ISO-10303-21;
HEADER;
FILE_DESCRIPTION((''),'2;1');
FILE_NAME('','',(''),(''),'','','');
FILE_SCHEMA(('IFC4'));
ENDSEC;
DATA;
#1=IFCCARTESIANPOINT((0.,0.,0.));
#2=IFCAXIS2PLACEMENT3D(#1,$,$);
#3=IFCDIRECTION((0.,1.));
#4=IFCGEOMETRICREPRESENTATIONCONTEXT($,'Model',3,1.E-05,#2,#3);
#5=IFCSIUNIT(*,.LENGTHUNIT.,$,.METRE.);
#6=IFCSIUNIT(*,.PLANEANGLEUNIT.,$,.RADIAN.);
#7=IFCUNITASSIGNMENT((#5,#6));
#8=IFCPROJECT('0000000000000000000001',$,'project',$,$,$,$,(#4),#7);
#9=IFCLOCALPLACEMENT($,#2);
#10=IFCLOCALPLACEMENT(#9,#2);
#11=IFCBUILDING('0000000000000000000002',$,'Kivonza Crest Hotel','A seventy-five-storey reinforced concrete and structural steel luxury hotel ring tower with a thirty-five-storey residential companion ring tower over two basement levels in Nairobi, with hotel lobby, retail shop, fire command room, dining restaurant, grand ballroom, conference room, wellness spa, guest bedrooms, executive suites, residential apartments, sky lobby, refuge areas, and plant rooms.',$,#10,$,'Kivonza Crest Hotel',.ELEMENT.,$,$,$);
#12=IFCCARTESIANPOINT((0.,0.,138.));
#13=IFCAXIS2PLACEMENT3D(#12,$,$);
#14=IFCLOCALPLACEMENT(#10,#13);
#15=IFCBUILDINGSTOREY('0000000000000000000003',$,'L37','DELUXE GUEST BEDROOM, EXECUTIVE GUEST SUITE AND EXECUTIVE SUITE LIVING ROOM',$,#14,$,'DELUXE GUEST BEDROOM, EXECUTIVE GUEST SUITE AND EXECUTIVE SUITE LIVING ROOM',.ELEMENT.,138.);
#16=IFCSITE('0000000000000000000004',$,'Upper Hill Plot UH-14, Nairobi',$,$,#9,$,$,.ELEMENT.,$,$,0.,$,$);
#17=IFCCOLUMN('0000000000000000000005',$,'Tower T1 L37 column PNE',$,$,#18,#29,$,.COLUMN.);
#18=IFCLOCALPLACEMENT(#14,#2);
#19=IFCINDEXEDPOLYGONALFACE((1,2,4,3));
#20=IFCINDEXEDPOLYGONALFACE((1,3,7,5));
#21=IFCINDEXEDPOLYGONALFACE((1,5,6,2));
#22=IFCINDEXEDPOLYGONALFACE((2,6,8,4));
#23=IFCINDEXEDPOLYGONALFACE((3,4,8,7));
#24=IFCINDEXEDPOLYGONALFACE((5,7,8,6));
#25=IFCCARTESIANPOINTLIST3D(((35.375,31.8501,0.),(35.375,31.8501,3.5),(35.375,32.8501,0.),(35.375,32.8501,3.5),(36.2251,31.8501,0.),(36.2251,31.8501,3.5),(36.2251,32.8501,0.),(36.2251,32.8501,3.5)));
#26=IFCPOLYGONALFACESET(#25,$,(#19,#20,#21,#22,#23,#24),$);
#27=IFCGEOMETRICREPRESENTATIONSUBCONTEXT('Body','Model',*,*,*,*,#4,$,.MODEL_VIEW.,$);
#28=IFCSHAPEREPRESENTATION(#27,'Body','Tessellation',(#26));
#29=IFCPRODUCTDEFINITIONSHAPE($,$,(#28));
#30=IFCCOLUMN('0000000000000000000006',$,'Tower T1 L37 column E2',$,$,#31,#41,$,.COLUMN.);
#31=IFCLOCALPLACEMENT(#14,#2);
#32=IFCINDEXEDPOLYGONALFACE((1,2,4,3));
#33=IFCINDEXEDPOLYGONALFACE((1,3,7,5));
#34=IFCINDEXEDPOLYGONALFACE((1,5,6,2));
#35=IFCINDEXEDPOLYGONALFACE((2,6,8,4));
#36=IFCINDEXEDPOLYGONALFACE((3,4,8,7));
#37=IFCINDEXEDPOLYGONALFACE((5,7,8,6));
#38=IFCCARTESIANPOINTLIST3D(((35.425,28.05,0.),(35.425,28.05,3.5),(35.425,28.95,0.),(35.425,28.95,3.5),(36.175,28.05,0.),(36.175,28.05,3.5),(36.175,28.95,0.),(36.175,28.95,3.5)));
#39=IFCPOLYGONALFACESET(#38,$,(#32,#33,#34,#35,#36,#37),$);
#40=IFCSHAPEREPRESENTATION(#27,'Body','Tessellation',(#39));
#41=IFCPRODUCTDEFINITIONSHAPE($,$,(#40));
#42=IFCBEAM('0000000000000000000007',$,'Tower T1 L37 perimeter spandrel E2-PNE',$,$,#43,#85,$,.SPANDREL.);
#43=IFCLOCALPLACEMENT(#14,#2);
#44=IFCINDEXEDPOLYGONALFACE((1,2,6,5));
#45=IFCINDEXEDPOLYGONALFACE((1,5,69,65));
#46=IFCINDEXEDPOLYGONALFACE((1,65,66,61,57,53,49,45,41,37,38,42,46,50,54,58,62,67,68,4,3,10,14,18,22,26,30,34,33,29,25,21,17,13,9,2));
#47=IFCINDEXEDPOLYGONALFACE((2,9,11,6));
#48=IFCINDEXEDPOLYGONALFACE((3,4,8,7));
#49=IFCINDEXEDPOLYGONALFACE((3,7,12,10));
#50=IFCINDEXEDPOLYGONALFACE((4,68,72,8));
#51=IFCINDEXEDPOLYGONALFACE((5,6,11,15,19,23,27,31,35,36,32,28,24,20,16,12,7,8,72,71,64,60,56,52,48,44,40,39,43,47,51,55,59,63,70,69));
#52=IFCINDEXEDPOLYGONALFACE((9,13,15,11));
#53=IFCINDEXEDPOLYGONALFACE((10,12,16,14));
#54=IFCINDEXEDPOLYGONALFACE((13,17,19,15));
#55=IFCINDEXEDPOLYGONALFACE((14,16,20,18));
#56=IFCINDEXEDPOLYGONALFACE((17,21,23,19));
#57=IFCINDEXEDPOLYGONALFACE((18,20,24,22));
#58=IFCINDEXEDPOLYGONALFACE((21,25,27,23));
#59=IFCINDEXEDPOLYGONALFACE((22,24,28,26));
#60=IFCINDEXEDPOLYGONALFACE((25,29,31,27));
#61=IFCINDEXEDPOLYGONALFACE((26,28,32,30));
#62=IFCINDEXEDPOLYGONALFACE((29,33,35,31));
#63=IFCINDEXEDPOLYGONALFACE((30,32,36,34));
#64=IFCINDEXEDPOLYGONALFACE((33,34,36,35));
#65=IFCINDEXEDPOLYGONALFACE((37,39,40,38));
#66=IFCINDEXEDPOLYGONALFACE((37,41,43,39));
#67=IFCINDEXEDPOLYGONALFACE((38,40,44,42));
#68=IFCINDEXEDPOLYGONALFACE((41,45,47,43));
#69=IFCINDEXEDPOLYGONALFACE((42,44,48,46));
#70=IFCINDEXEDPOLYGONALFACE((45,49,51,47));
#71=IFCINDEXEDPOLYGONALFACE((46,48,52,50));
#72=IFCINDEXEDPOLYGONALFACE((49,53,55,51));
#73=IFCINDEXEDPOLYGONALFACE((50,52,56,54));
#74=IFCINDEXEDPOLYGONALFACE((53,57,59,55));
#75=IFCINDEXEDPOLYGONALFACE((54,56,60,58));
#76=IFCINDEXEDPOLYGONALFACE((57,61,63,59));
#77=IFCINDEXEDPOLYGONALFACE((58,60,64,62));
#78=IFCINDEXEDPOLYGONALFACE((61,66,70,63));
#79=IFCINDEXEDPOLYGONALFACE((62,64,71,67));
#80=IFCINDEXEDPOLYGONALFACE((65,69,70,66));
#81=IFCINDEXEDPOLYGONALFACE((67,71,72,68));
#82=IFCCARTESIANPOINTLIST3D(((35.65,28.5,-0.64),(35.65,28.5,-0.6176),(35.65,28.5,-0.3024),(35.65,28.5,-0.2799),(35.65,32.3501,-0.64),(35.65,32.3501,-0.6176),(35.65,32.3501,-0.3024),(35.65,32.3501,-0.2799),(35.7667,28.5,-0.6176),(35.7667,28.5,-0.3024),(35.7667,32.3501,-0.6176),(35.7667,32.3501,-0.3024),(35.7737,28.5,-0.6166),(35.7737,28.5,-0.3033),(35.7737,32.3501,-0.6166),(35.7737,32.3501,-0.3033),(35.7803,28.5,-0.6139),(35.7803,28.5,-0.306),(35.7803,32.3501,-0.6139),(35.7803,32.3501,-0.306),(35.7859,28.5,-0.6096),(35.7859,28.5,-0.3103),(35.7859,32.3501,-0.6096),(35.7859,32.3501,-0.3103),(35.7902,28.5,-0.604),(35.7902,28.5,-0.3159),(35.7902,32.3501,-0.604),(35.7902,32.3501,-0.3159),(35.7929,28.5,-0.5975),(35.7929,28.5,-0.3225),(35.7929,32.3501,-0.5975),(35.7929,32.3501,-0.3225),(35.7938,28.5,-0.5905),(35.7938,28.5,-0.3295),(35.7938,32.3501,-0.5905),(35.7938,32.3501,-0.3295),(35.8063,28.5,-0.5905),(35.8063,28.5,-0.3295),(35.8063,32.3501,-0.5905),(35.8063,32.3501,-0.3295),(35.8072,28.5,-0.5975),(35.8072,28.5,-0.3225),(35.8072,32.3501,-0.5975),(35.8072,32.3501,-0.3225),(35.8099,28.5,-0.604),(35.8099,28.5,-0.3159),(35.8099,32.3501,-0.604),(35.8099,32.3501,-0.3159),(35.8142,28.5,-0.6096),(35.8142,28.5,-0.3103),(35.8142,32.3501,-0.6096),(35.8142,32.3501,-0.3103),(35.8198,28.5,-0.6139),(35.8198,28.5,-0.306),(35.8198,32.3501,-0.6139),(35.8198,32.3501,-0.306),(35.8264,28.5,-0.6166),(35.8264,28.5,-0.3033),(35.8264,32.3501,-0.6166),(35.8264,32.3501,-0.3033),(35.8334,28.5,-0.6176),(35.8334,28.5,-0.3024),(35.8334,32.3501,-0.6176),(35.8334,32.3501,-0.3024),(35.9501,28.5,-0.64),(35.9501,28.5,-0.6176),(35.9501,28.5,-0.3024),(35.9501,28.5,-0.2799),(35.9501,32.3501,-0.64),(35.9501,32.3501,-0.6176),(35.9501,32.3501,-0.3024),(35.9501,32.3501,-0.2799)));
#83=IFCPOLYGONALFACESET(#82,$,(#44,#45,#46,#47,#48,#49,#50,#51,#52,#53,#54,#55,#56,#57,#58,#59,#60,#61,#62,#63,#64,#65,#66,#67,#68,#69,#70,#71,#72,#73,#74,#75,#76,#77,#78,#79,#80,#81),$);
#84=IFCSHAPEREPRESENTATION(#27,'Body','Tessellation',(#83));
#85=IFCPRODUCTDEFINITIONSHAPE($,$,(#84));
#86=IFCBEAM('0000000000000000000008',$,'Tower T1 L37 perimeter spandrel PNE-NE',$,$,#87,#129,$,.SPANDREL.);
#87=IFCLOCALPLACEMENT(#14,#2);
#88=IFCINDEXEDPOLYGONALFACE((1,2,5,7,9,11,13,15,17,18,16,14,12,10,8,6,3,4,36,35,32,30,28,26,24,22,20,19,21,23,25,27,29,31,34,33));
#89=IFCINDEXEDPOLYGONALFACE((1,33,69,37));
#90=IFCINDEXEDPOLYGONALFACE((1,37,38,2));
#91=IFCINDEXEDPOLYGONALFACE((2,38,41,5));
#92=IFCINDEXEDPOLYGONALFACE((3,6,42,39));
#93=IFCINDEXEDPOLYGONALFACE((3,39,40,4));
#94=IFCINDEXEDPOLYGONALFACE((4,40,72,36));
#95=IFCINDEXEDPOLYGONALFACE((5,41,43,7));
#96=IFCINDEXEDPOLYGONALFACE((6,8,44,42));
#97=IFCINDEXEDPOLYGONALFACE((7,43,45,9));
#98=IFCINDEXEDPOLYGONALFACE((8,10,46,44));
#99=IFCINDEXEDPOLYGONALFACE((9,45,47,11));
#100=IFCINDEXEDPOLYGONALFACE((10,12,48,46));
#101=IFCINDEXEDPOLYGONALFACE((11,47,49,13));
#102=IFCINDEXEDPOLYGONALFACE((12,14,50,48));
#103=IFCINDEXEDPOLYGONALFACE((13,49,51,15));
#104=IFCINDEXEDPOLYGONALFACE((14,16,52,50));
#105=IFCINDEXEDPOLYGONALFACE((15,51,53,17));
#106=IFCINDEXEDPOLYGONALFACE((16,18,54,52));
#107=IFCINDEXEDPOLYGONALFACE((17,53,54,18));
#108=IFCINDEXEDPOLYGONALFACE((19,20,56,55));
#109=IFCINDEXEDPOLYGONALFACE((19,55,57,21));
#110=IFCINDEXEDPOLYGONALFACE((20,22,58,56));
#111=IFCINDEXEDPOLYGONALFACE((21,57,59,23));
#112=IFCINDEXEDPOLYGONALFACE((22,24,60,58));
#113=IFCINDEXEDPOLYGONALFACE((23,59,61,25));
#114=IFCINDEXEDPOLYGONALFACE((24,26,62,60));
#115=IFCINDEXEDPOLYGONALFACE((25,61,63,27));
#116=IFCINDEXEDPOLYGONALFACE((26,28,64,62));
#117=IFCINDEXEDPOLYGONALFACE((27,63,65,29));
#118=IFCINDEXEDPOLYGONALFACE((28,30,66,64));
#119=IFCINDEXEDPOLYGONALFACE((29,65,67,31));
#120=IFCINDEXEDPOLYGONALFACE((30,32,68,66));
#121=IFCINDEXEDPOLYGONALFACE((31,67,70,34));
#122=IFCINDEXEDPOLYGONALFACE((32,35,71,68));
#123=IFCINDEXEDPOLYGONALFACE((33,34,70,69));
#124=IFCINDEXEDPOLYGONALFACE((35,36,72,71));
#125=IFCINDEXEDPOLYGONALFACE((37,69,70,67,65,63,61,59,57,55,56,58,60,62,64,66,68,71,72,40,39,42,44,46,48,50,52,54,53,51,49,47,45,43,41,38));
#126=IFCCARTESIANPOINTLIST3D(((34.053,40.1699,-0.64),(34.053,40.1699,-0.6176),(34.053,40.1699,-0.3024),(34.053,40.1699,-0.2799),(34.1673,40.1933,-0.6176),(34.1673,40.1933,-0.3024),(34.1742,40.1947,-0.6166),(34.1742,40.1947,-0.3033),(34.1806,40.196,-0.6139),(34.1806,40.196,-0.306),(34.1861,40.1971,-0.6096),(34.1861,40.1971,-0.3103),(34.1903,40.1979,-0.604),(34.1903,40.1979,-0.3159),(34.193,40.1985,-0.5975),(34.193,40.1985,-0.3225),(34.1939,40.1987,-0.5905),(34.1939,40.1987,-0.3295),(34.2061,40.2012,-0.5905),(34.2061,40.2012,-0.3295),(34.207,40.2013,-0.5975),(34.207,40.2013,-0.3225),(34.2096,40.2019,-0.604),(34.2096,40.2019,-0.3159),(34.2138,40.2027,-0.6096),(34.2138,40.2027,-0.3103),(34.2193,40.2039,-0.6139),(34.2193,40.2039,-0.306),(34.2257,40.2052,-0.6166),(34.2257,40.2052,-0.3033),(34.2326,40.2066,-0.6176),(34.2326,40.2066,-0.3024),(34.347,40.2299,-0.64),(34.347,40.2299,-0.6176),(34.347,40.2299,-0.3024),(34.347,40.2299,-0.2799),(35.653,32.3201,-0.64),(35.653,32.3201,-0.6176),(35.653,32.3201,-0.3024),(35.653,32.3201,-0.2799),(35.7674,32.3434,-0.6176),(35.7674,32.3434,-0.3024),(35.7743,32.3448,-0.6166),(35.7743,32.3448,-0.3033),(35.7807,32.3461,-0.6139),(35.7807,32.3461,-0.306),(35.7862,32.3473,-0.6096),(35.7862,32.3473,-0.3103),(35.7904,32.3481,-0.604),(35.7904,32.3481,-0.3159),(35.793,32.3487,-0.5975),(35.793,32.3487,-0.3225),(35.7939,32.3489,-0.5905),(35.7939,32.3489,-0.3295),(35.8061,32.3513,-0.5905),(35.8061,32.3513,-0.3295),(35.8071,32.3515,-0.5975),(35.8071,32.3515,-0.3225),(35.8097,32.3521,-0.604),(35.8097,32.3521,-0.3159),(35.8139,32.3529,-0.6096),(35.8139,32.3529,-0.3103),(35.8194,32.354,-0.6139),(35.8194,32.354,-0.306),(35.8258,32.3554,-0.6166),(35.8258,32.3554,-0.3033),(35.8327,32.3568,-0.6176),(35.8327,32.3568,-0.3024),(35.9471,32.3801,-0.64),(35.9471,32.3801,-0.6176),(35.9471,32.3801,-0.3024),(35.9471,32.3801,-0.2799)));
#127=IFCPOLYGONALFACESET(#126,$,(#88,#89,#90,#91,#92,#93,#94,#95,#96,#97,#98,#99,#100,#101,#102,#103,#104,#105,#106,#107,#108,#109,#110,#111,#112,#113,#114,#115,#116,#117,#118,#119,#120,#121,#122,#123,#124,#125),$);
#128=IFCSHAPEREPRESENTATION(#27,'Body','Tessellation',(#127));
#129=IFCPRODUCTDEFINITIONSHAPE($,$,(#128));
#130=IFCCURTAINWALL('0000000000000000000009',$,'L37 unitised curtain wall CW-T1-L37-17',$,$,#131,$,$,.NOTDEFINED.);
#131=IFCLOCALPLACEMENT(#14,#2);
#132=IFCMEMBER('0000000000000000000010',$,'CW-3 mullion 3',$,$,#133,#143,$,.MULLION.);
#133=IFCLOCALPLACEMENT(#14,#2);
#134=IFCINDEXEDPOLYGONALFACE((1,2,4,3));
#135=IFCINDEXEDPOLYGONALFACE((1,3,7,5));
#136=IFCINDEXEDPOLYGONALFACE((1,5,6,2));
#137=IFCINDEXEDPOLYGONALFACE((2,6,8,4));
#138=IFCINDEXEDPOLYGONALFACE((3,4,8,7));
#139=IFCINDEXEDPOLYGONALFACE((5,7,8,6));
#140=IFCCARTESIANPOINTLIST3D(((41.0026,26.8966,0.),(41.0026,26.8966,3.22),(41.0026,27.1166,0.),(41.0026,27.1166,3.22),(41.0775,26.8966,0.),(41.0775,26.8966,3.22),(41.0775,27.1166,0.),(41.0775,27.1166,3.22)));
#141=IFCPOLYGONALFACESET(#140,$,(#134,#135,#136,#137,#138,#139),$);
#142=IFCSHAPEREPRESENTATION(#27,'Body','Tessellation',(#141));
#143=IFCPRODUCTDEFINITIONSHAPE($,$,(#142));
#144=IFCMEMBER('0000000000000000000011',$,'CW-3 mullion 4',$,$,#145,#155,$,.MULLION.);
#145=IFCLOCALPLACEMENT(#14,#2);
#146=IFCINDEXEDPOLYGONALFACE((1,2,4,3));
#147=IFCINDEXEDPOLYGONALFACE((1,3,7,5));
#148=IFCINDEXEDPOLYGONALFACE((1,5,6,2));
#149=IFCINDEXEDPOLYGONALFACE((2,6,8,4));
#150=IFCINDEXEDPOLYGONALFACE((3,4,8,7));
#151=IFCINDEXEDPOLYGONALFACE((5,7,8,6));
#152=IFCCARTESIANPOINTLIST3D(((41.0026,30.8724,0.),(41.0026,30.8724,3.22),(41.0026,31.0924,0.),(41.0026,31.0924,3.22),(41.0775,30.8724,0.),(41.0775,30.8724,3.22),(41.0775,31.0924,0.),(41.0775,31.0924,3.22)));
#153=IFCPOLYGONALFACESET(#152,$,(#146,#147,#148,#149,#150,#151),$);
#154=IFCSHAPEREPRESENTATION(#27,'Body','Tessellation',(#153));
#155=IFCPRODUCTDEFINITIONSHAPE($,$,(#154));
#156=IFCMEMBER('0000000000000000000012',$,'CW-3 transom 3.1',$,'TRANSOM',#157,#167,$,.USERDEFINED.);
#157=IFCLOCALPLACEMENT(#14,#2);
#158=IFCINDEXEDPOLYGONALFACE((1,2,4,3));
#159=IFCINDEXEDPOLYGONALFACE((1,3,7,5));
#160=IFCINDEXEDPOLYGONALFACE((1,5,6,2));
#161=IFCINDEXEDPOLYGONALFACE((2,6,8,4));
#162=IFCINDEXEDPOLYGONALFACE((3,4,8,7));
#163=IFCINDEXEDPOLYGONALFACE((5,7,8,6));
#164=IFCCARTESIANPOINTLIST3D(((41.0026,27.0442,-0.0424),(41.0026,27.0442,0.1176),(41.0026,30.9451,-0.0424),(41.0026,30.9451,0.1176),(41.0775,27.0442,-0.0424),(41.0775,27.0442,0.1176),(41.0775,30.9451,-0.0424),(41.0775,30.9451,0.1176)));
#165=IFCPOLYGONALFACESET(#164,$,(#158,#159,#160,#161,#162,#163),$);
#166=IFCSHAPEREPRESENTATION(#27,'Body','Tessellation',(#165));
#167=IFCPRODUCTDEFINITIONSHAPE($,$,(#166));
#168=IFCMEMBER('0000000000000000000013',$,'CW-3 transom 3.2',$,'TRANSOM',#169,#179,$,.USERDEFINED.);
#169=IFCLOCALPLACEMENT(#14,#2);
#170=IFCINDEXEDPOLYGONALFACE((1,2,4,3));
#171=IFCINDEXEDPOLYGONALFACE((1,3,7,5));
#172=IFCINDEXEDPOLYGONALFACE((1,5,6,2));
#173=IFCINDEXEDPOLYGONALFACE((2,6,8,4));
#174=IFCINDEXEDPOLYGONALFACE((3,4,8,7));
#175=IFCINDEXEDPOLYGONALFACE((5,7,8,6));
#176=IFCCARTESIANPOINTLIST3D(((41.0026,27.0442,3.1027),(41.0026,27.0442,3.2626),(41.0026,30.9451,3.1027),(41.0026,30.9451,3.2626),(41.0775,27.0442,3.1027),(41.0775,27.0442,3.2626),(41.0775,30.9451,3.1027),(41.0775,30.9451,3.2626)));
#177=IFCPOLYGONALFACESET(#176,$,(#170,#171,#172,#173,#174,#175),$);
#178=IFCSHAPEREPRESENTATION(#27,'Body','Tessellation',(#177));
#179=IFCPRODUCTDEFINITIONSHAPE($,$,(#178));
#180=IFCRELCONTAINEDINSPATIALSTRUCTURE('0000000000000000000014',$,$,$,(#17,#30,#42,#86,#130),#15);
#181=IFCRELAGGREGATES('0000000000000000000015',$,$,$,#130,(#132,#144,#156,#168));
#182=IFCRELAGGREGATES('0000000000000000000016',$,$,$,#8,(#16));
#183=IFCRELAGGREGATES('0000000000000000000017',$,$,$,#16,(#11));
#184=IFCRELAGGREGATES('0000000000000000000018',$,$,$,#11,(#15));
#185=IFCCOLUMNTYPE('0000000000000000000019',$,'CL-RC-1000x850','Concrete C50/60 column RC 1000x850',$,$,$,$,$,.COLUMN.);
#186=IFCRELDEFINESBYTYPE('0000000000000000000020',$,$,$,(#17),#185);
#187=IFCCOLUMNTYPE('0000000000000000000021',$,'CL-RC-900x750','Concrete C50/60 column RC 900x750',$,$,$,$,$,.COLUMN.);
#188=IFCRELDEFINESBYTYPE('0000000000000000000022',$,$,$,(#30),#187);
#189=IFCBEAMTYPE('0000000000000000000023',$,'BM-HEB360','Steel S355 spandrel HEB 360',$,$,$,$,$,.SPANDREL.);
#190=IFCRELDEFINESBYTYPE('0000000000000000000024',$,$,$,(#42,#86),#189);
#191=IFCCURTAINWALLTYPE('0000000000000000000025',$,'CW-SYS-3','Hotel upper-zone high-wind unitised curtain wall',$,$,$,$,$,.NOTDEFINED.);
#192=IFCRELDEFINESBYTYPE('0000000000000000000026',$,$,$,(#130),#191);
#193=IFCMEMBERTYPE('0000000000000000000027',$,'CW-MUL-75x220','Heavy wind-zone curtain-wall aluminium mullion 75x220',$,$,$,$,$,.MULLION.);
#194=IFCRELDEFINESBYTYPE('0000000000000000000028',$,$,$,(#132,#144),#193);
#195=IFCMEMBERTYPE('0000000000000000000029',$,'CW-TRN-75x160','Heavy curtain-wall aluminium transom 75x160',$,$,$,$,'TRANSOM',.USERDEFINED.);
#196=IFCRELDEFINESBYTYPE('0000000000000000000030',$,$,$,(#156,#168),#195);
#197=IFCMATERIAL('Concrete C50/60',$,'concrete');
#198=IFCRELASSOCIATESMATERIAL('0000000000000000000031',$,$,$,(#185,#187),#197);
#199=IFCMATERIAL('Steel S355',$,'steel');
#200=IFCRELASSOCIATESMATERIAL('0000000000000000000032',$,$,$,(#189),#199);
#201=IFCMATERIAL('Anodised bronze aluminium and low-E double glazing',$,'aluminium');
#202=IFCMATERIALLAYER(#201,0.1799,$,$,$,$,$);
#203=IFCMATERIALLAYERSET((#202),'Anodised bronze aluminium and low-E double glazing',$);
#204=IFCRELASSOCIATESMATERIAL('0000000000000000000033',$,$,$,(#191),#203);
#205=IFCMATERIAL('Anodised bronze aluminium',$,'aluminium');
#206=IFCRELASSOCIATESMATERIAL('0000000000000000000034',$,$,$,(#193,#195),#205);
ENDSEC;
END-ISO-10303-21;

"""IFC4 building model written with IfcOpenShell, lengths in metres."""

from ifc_helpers import new_model, si_unit, direction, frame, origin, origin_2d, place, context, subcontext, project, spatial, rectangle, i_section, extrude, material, layer, layer_set, material_profile, profile_set, type_object, element, aggregate, save


model = new_model("IFC4")

# Units and contexts
model_context = context("Model", 3, precision=1e-05, world=origin(), true_north=direction((0.0, 1.0)))
body_context = subcontext(model_context, "Body", "Model", "MODEL_VIEW")
ifc_project = project(units=[si_unit("LENGTHUNIT", "METRE"), si_unit("PLANEANGLEUNIT", "RADIAN")], contexts=[model_context])

# Site, building, storey
site_placement = place(None, origin())
site = spatial("IfcSite", under=ifc_project, at=site_placement, Name="Upper Hill Plot UH-14, Nairobi", CompositionType="ELEMENT", RefElevation=0.0)
building_placement = place(site_placement, origin())
building = spatial("IfcBuilding", under=site, at=building_placement, Name="Kivonza Crest Hotel", Description="A seventy-five-storey reinforced concrete and structural steel luxury hotel ring tower with a thirty-five-storey residential companion ring tower over two basement levels in Nairobi, with hotel lobby, retail shop, fire command room, dining restaurant, grand ballroom, conference room, wellness spa, guest bedrooms, executive suites, residential apartments, sky lobby, refuge areas, and plant rooms.", LongName="Kivonza Crest Hotel", CompositionType="ELEMENT")
storey_placement = place(building_placement, frame((0.0, 0.0, 138.0)))
storey = spatial("IfcBuildingStorey", under=building, at=storey_placement, Name="L37", Description="DELUXE GUEST BEDROOM, EXECUTIVE GUEST SUITE AND EXECUTIVE SUITE LIVING ROOM", LongName="DELUXE GUEST BEDROOM, EXECUTIVE GUEST SUITE AND EXECUTIVE SUITE LIVING ROOM", CompositionType="ELEMENT", Elevation=138.0)

# Columns
ifc_material_1 = material(Name="Concrete C50/60", Category="concrete")
ifc_material_profile_1 = material_profile(ifc_material_1, rectangle(XDim=0.8501, YDim=1.0, at=origin_2d()), Name="RC 1000x850")
ifc_profile_set_1 = profile_set([ifc_material_profile_1], Name="Concrete C50/60")
column_type_1 = type_object("IfcColumnType", Name="CL-RC-1000x850", Description="Concrete C50/60 column RC 1000x850", PredefinedType="COLUMN", material=ifc_profile_set_1)
column_1_placement = place(storey_placement, frame((35.8, 32.3501, 0.0), z_axis=(0.0, 0.0, 1.0), x_axis=(1.0, 0.0, 0.0)))
element("IfcColumn", 1, at=column_1_placement, inside=storey, type_object=column_type_1, Name="Tower T1 L37 column PNE", PredefinedType="COLUMN", context=body_context, shape_type="SweptSolid", body=[
    extrude(rectangle(XDim=0.8501, YDim=1.0, at=origin_2d()), origin(), (0.0, 0.0, 1.0), 3.5),
])
ifc_material_profile_2 = material_profile(ifc_material_1, rectangle(XDim=0.75, YDim=0.8999, at=origin_2d()), Name="RC 900x750")
ifc_profile_set_2 = profile_set([ifc_material_profile_2], Name="Concrete C50/60")
column_type_2 = type_object("IfcColumnType", Name="CL-RC-900x750", Description="Concrete C50/60 column RC 900x750", PredefinedType="COLUMN", material=ifc_profile_set_2)
column_2_placement = place(storey_placement, frame((35.8, 28.5, 0.0), z_axis=(0.0, 0.0, 1.0), x_axis=(1.0, 0.0, 0.0)))
element("IfcColumn", 2, at=column_2_placement, inside=storey, type_object=column_type_2, Name="Tower T1 L37 column E2", PredefinedType="COLUMN", context=body_context, shape_type="SweptSolid", body=[
    extrude(rectangle(XDim=0.75, YDim=0.8999, at=origin_2d()), origin(), (0.0, 0.0, 1.0), 3.5),
])

# Beams
ifc_material_2 = material(Name="Steel S355", Category="steel")
ifc_material_profile_3 = material_profile(ifc_material_2, i_section(OverallWidth=0.3, OverallDepth=0.3601, WebThickness=0.0125, FlangeThickness=0.0225, FilletRadius=0.0271, at=origin_2d()), Name="HEB 360")
ifc_profile_set_3 = profile_set([ifc_material_profile_3], Name="Steel S355")
beam_type = type_object("IfcBeamType", Name="BM-HEB360", Description="Steel S355 spandrel HEB 360", PredefinedType="SPANDREL", material=ifc_profile_set_3)
beam_1_placement = place(storey_placement, frame((35.8, 28.5, -0.46), z_axis=(0.0, 1.0, 0.0), x_axis=(-1.0, 0.0, 0.0)))
element("IfcBeam", 3, at=beam_1_placement, inside=storey, type_object=beam_type, Name="Tower T1 L37 perimeter spandrel E2-PNE", PredefinedType="SPANDREL", context=body_context, shape_type="SweptSolid", body=[
    extrude(i_section(OverallWidth=0.3, OverallDepth=0.3601, WebThickness=0.0125, FlangeThickness=0.0225, FilletRadius=0.0271, at=origin_2d()), origin(), (0.0, 0.0, 1.0), 3.8501),
])
beam_2_placement = place(storey_placement, frame((35.8, 32.3501, -0.46), z_axis=(-0.199731, 0.979851, 0.0), x_axis=(-0.979851, -0.199731, 0.0)))
element("IfcBeam", 4, at=beam_2_placement, inside=storey, type_object=beam_type, Name="Tower T1 L37 perimeter spandrel PNE-NE", PredefinedType="SPANDREL", context=body_context, shape_type="SweptSolid", body=[
    extrude(i_section(OverallWidth=0.3, OverallDepth=0.3601, WebThickness=0.0125, FlangeThickness=0.0225, FilletRadius=0.0271, at=origin_2d()), origin(), (0.0, 0.0, 1.0), 8.0112),
])

# Curtain wall, members
ifc_material_3 = material(Name="Anodised bronze aluminium and low-E double glazing", Category="aluminium")
ifc_layer_1 = layer(ifc_material_3, 0.1799)
ifc_layer_set_1 = layer_set([ifc_layer_1], Name="Anodised bronze aluminium and low-E double glazing")
curtain_wall_type = type_object("IfcCurtainWallType", Name="CW-SYS-3", Description="Hotel upper-zone high-wind unitised curtain wall", PredefinedType="NOTDEFINED", material=ifc_layer_set_1)
curtain_wall_placement = place(storey_placement, origin())
curtain_wall = element("IfcCurtainWall", 5, at=curtain_wall_placement, inside=storey, type_object=curtain_wall_type, Name="L37 unitised curtain wall CW-T1-L37-17", PredefinedType="NOTDEFINED")
ifc_material_4 = material(Name="Anodised bronze aluminium", Category="aluminium")
ifc_material_profile_4 = material_profile(ifc_material_4, rectangle(XDim=0.075, YDim=0.22, at=origin_2d()), Name="CW-M 75x220")
ifc_profile_set_4 = profile_set([ifc_material_profile_4], Name="Anodised bronze aluminium")
member_type_1 = type_object("IfcMemberType", Name="CW-MUL-75x220", Description="Heavy wind-zone curtain-wall aluminium mullion 75x220", PredefinedType="MULLION", material=ifc_profile_set_4)
member_1_placement = place(storey_placement, frame((41.04, 27.0066, 0.0), z_axis=(0.0, 0.0, 1.0), x_axis=(-1.0, 0.0, 0.0)))
member_1 = element("IfcMember", 6, at=member_1_placement, type_object=member_type_1, Name="CW-3 mullion 3", PredefinedType="MULLION", context=body_context, shape_type="SweptSolid", body=[
    extrude(rectangle(XDim=0.075, YDim=0.22, at=origin_2d()), origin(), (0.0, 0.0, 1.0), 3.22),
])
member_2_placement = place(storey_placement, frame((41.04, 30.9824, 0.0), z_axis=(0.0, 0.0, 1.0), x_axis=(-1.0, 0.0, 0.0)))
member_2 = element("IfcMember", 7, at=member_2_placement, type_object=member_type_1, Name="CW-3 mullion 4", PredefinedType="MULLION", context=body_context, shape_type="SweptSolid", body=[
    extrude(rectangle(XDim=0.075, YDim=0.22, at=origin_2d()), origin(), (0.0, 0.0, 1.0), 3.22),
])
ifc_material_profile_5 = material_profile(ifc_material_4, rectangle(XDim=0.075, YDim=0.1599, at=origin_2d()), Name="CW-T 75x160")
ifc_profile_set_5 = profile_set([ifc_material_profile_5], Name="Anodised bronze aluminium")
member_type_2 = type_object("IfcMemberType", Name="CW-TRN-75x160", Description="Heavy curtain-wall aluminium transom 75x160", ElementType="TRANSOM", PredefinedType="USERDEFINED", material=ifc_profile_set_5)
member_3_placement = place(storey_placement, frame((41.04, 27.0442, 0.0376), z_axis=(0.0, 1.0, 0.0), x_axis=(-1.0, 0.0, 0.0)))
member_3 = element("IfcMember", 8, at=member_3_placement, type_object=member_type_2, Name="CW-3 transom 3.1", ObjectType="TRANSOM", PredefinedType="USERDEFINED", context=body_context, shape_type="SweptSolid", body=[
    extrude(rectangle(XDim=0.075, YDim=0.1599, at=origin_2d()), origin(), (0.0, 0.0, 1.0), 3.9009),
])
member_4_placement = place(storey_placement, frame((41.04, 27.0442, 3.1826), z_axis=(0.0, 1.0, 0.0), x_axis=(-1.0, 0.0, 0.0)))
member_4 = element("IfcMember", 9, at=member_4_placement, type_object=member_type_2, Name="CW-3 transom 3.2", ObjectType="TRANSOM", PredefinedType="USERDEFINED", context=body_context, shape_type="SweptSolid", body=[
    extrude(rectangle(XDim=0.075, YDim=0.1599, at=origin_2d()), origin(), (0.0, 0.0, 1.0), 3.9009),
])
aggregate(curtain_wall, [member_1, member_2, member_3, member_4])

save(model, "model.ifc")
